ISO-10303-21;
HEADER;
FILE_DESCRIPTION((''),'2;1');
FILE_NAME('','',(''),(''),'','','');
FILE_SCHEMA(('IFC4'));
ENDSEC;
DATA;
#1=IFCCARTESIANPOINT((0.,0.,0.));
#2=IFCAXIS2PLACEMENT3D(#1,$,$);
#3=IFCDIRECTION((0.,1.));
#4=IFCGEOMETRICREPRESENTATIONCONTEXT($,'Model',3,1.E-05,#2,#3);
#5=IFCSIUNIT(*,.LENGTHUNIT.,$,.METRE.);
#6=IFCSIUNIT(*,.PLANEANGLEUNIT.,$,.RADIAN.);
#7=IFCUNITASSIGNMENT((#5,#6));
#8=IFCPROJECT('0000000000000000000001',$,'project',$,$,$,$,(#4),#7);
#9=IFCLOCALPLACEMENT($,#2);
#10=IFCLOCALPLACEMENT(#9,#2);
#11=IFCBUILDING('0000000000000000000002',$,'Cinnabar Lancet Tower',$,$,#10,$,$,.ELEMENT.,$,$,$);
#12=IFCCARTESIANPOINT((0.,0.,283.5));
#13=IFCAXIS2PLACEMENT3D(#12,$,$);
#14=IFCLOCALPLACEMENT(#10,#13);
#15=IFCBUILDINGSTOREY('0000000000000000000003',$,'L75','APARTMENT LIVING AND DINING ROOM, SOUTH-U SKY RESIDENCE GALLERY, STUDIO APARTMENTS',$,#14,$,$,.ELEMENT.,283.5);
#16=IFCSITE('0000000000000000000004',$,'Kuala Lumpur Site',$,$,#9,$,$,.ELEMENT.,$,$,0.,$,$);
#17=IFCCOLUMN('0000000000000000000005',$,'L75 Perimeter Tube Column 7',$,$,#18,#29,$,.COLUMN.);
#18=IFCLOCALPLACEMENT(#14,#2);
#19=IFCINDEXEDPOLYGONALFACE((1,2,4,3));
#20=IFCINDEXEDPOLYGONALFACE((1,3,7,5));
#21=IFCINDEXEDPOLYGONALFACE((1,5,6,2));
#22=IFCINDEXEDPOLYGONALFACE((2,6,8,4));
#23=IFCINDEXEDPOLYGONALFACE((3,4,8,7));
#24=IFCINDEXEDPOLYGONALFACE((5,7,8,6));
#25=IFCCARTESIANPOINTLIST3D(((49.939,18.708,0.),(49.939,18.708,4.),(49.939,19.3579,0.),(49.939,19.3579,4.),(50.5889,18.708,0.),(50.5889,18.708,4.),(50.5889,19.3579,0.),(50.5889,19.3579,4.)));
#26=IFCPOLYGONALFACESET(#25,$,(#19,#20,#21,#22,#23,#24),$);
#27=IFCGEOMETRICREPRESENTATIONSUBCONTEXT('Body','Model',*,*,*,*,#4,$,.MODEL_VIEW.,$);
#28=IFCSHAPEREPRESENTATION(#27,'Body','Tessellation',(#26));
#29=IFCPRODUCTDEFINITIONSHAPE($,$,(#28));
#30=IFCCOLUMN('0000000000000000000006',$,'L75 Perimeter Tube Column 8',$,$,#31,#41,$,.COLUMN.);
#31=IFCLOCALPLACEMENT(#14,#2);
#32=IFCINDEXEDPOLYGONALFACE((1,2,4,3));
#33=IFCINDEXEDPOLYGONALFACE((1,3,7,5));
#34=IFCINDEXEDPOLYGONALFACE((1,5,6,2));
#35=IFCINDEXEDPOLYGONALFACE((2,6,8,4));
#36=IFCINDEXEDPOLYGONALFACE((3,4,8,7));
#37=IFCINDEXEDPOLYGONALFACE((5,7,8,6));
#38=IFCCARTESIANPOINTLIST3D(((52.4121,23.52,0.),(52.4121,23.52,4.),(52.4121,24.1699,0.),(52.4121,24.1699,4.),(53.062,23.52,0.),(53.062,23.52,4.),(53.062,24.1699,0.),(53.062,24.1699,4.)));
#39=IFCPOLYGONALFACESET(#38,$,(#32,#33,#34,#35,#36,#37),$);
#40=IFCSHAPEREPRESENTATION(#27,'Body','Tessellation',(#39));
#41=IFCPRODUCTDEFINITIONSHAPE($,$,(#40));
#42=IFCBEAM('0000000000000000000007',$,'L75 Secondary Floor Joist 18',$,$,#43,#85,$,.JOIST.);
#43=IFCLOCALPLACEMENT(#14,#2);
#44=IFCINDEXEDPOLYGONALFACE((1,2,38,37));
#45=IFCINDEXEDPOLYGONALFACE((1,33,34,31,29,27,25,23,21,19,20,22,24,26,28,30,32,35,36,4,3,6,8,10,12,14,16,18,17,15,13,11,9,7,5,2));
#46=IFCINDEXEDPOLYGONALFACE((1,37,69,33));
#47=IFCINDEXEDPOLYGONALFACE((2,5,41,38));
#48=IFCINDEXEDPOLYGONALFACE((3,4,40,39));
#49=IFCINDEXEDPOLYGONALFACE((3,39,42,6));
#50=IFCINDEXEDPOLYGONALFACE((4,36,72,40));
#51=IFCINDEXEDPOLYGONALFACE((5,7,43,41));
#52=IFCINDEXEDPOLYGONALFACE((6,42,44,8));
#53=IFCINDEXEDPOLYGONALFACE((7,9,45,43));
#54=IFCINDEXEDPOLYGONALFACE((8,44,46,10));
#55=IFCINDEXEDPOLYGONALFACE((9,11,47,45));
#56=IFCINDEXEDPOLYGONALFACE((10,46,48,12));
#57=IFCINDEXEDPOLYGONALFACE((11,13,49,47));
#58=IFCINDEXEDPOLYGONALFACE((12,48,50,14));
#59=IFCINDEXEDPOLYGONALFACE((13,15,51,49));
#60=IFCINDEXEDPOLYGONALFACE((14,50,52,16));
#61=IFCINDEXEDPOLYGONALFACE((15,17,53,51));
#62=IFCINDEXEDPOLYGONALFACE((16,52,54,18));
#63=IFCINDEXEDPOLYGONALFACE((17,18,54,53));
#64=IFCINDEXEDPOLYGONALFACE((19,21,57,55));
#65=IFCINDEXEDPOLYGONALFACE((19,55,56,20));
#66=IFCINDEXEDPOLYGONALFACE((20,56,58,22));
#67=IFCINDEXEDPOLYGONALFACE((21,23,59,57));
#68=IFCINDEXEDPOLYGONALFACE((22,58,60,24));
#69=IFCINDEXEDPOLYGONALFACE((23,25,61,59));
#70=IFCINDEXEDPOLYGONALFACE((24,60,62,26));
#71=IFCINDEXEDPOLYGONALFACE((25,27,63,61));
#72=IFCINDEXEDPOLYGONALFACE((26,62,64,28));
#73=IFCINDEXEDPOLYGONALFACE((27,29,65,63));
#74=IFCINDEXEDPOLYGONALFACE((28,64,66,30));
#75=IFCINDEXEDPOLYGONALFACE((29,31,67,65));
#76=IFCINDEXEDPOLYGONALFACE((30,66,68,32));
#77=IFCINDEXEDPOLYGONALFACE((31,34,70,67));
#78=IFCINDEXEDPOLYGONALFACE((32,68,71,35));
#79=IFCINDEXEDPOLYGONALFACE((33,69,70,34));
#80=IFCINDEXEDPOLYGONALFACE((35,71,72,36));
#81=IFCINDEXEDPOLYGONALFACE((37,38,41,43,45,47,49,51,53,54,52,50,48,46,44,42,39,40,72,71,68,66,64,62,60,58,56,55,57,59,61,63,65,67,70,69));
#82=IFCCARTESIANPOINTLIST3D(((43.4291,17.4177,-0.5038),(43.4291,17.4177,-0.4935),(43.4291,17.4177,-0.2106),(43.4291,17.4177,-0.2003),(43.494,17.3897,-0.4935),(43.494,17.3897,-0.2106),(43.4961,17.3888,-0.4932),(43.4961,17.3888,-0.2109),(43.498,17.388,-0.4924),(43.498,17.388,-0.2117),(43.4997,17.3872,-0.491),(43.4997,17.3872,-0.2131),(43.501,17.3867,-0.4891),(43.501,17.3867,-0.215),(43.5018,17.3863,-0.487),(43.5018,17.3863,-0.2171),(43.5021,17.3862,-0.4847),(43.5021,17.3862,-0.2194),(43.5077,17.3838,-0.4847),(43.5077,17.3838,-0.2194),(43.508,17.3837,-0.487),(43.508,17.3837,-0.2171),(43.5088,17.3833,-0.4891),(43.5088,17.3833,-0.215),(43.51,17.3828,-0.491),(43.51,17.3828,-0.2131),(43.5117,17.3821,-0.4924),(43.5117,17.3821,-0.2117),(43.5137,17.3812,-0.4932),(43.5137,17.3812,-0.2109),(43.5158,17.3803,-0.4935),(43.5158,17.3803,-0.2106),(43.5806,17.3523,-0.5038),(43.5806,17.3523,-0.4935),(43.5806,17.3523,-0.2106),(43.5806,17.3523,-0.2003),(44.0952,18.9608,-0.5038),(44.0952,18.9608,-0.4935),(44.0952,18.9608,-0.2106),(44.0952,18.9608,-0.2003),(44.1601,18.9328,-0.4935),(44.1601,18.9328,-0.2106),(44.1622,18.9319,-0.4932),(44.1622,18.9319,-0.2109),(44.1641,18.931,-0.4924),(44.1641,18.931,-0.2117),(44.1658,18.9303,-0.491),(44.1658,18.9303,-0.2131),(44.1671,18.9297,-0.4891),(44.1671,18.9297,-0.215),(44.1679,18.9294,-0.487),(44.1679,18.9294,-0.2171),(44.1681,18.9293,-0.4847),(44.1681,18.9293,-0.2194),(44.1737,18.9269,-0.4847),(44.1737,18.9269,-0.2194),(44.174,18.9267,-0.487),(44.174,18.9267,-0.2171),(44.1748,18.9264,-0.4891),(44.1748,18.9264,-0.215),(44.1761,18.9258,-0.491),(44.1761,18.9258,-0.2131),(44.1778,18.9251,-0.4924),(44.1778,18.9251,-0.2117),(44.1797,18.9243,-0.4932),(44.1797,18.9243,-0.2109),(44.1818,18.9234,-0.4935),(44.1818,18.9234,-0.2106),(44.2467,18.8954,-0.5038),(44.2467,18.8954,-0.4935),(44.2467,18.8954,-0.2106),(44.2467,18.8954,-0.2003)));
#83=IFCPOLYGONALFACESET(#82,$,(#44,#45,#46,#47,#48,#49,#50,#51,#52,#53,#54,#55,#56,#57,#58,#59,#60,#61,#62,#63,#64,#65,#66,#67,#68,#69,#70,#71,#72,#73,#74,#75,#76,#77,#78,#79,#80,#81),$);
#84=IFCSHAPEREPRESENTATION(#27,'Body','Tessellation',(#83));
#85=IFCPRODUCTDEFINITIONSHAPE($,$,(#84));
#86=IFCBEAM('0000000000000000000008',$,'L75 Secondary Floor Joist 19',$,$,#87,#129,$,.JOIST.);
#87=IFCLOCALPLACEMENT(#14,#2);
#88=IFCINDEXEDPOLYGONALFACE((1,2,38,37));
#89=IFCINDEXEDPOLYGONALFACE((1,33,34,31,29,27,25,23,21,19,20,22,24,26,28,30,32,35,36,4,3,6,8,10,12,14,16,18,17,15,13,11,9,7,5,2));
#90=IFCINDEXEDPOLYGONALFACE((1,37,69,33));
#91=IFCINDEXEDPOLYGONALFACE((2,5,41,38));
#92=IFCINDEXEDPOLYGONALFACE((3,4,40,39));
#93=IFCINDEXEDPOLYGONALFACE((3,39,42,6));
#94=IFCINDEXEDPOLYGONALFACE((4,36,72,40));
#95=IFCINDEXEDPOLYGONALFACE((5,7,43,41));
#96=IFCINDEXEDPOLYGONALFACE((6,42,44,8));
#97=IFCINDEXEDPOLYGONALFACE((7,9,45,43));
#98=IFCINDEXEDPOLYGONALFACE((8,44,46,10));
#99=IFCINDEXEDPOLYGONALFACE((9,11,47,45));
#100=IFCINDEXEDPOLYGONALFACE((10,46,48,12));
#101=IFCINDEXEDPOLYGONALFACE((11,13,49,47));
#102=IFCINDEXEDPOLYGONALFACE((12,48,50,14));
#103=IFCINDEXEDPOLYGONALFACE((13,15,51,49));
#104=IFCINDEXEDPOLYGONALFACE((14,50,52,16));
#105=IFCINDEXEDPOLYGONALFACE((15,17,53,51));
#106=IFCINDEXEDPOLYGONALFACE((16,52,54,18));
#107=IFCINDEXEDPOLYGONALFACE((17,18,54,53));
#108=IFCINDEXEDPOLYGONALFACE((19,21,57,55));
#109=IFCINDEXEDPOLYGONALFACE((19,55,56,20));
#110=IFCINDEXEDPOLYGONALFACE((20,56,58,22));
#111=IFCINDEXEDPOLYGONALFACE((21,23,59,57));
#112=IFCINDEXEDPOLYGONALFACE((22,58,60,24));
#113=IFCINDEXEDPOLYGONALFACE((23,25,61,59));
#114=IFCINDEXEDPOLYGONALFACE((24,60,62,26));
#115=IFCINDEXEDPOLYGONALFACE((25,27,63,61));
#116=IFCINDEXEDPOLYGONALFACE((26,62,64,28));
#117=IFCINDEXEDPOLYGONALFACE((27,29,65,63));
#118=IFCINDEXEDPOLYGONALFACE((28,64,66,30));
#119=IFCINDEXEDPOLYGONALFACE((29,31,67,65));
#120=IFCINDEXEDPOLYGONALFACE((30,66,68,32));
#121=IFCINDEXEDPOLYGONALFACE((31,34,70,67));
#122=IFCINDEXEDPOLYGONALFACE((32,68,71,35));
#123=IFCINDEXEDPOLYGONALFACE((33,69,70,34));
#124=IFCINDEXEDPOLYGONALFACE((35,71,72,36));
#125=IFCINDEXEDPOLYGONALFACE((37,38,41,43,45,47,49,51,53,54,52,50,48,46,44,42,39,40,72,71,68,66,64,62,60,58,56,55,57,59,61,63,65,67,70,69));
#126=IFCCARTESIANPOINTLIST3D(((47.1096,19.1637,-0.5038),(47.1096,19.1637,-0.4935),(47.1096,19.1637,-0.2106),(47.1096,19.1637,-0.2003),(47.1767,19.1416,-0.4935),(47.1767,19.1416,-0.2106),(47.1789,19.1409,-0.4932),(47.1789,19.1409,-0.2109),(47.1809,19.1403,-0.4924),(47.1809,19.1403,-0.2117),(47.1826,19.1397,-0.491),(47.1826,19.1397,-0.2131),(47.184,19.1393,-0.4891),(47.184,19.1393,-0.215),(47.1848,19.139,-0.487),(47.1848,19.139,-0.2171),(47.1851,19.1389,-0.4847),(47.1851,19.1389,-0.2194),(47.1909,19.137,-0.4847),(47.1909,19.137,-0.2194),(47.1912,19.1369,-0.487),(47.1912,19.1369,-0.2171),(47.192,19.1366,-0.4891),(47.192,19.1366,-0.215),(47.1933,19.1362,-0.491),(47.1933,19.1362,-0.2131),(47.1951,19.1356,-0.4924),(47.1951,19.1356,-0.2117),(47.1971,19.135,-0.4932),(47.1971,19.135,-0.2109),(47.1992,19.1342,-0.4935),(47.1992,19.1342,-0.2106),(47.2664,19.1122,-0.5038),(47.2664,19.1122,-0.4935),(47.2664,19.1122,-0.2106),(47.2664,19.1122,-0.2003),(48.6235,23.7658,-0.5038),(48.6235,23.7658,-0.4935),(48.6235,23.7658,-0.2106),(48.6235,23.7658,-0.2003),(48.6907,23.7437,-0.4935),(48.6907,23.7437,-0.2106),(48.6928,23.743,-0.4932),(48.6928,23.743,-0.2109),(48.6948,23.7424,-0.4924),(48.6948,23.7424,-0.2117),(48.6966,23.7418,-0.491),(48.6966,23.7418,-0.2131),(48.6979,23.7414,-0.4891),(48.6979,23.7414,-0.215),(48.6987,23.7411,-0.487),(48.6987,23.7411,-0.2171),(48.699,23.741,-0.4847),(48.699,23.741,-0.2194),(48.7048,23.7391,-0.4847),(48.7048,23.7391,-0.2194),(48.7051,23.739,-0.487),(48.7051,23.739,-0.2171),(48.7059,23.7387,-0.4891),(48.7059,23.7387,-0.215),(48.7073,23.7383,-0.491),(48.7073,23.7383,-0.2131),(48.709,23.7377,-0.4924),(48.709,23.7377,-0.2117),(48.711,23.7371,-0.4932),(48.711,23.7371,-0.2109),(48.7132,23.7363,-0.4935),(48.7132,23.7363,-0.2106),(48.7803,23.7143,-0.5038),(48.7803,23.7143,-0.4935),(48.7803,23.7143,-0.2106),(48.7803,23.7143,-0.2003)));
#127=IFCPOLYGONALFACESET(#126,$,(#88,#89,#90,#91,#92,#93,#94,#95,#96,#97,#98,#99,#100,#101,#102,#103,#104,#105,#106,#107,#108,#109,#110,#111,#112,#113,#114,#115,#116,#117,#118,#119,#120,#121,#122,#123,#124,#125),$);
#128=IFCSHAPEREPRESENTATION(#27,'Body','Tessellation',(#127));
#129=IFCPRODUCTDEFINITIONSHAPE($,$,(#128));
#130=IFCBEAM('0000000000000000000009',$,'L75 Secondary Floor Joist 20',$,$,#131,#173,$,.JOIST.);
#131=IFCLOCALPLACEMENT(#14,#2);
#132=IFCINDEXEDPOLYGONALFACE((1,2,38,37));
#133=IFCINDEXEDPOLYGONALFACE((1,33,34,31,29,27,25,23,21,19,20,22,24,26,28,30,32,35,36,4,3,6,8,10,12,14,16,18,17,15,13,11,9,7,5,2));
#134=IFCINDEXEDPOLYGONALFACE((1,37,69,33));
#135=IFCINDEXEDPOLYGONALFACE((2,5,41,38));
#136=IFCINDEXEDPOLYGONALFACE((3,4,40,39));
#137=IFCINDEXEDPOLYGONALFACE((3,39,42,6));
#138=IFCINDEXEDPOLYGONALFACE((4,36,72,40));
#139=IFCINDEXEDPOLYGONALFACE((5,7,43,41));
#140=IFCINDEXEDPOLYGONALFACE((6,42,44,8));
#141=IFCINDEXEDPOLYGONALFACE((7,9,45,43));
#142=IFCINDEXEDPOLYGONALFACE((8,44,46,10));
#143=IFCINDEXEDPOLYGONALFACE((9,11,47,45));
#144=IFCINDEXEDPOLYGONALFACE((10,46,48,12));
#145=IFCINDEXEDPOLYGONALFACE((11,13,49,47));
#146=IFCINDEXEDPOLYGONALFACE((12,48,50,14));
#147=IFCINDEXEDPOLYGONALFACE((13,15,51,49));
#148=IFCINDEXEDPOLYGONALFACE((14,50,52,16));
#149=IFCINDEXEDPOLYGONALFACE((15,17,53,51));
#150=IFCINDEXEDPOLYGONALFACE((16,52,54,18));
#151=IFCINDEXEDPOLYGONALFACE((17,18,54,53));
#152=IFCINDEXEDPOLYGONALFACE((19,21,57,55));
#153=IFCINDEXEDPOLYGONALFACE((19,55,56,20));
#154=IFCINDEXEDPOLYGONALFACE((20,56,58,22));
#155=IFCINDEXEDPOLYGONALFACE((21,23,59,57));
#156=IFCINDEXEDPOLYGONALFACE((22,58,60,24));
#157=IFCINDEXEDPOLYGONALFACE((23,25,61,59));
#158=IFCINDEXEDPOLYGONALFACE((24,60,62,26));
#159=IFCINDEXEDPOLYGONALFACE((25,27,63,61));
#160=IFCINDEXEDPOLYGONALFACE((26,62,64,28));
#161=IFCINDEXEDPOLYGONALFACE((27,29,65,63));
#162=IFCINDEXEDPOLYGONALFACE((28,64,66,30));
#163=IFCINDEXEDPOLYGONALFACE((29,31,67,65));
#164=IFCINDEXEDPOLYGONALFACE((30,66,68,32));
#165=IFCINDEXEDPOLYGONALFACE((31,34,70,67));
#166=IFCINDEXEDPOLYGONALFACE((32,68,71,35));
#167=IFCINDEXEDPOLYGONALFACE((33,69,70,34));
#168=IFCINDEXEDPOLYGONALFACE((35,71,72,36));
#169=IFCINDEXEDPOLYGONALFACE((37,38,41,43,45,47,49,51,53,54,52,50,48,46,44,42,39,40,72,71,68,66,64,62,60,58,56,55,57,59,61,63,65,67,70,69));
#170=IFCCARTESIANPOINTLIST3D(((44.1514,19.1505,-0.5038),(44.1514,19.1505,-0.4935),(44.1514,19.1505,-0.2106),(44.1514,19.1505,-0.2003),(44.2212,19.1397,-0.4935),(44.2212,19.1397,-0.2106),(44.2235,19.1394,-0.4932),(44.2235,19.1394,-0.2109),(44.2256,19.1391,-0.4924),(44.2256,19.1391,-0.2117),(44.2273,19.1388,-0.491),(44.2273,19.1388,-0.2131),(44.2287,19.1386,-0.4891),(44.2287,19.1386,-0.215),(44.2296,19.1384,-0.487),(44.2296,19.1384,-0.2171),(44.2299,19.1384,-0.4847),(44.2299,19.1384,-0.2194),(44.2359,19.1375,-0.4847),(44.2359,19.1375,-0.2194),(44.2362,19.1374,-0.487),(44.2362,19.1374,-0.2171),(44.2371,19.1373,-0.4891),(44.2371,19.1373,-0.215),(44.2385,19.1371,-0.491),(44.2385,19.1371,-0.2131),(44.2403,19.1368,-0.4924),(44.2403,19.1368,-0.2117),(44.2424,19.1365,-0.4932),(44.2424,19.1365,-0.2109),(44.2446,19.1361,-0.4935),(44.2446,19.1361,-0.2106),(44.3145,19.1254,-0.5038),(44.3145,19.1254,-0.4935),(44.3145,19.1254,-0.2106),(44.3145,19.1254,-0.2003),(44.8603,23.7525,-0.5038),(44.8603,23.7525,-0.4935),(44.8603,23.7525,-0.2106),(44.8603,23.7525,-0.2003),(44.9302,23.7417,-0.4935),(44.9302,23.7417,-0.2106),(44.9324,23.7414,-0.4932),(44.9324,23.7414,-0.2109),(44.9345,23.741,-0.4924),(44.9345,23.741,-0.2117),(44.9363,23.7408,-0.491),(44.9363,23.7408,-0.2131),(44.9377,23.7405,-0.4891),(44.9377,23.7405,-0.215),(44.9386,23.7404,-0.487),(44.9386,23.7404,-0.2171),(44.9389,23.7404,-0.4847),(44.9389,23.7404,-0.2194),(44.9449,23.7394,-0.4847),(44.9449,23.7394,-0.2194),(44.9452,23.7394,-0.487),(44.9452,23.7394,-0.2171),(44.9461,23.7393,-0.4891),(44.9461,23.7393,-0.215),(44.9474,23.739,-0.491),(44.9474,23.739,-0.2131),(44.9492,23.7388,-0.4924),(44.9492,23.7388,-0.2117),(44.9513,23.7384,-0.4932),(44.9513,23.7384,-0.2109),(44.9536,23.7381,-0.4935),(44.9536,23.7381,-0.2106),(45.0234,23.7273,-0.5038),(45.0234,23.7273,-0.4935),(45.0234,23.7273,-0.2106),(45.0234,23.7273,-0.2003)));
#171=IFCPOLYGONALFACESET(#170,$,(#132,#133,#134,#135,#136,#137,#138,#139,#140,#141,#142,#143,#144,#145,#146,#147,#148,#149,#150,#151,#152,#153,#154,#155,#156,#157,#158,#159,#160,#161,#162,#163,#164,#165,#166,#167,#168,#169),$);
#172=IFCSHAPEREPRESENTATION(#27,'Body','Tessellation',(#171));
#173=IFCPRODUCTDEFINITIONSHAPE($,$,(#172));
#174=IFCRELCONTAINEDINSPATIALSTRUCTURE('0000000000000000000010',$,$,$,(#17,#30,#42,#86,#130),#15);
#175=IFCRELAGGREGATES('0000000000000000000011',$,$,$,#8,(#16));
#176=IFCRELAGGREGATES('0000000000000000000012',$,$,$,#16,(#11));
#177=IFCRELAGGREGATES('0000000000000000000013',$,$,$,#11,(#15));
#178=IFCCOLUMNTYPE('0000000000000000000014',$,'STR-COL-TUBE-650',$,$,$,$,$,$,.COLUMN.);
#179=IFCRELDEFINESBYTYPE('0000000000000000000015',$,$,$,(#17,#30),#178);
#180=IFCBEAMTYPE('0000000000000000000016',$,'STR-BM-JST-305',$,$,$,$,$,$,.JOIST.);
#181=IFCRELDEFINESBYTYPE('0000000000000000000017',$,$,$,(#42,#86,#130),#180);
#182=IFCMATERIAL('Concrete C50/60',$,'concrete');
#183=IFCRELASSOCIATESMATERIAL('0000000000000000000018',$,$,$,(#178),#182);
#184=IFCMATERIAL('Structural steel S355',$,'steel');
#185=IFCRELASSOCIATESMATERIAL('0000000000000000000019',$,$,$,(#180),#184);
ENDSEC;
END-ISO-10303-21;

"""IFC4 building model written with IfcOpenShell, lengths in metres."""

from ifc_helpers import new_model, si_unit, direction, frame, origin, origin_2d, place, context, subcontext, project, spatial, rectangle, i_section, extrude, material, material_profile, profile_set, type_object, element, save


model = new_model("IFC4")

# Units and contexts
model_context = context("Model", 3, precision=1e-05, world=origin(), true_north=direction((0.0, 1.0)))
body_context = subcontext(model_context, "Body", "Model", "MODEL_VIEW")
ifc_project = project(units=[si_unit("LENGTHUNIT", "METRE"), si_unit("PLANEANGLEUNIT", "RADIAN")], contexts=[model_context])

# Site, building, storey
site_placement = place(None, origin())
site = spatial("IfcSite", under=ifc_project, at=site_placement, Name="Kuala Lumpur Site", CompositionType="ELEMENT", RefElevation=0.0)
building_placement = place(site_placement, origin())
building = spatial("IfcBuilding", under=site, at=building_placement, Name="Cinnabar Lancet Tower", CompositionType="ELEMENT")
storey_placement = place(building_placement, frame((0.0, 0.0, 283.5)))
storey = spatial("IfcBuildingStorey", under=building, at=storey_placement, Name="L75", Description="APARTMENT LIVING AND DINING ROOM, SOUTH-U SKY RESIDENCE GALLERY, STUDIO APARTMENTS", CompositionType="ELEMENT", Elevation=283.5)

# Columns
ifc_material_1 = material(Name="Concrete C50/60", Category="concrete")
ifc_material_profile_1 = material_profile(ifc_material_1, rectangle(XDim=0.6499, YDim=0.6499, at=origin_2d()), Name="RC-COL 650x650")
ifc_profile_set_1 = profile_set([ifc_material_profile_1], Name="Concrete C50/60")
column_type = type_object("IfcColumnType", Name="STR-COL-TUBE-650", PredefinedType="COLUMN", material=ifc_profile_set_1)
for number, where, z_axis, x_axis, name in (
    (1, (50.2639, 19.033, 0.0), (0.0, 0.0, 1.0), (1.0, 0.0, 0.0), "L75 Perimeter Tube Column 7"),
    (2, (52.7371, 23.845, 0.0), (0.0, 0.0, 1.0), (1.0, 0.0, 0.0), "L75 Perimeter Tube Column 8"),
):
    element("IfcColumn", number, at=place(storey_placement, frame(where, z_axis=z_axis, x_axis=x_axis)), inside=storey, type_object=column_type, Name=name, PredefinedType="COLUMN", context=body_context, shape_type="SweptSolid", body=[
        extrude(rectangle(XDim=0.6499, YDim=0.6499, at=origin_2d()), origin(), (0.0, 0.0, 1.0), 4.0),
    ])

# Beams
ifc_material_2 = material(Name="Structural steel S355", Category="steel")
ifc_material_profile_2 = material_profile(ifc_material_2, i_section(OverallWidth=0.165, OverallDepth=0.3035, WebThickness=0.0061, FlangeThickness=0.0103, FilletRadius=0.0088, at=origin_2d()), Name="UKB 305x165x40")
ifc_profile_set_2 = profile_set([ifc_material_profile_2], Name="Structural steel S355")
beam_type_1 = type_object("IfcBeamType", Name="STR-BM-JST-305", PredefinedType="JOIST", material=ifc_profile_set_2)
beam_1_placement = place(storey_placement, frame((43.5049, 17.385, -0.3521), z_axis=(0.396302, 0.91812, 0.0), x_axis=(-0.91812, 0.396302, 0.0)))
element("IfcBeam", 3, at=beam_1_placement, inside=storey, type_object=beam_type_1, Name="L75 Secondary Floor Joist 18", PredefinedType="JOIST", context=body_context, shape_type="SweptSolid", body=[
    extrude(i_section(OverallWidth=0.165, OverallDepth=0.3035, WebThickness=0.0061, FlangeThickness=0.0103, FilletRadius=0.0088, at=origin_2d()), origin(), (0.0, 0.0, 1.0), 1.6807),
])
beam_2_placement = place(storey_placement, frame((47.188, 19.1379, -0.3521), z_axis=(0.312491, 0.949921, 0.0), x_axis=(-0.949921, 0.312491, 0.0)))
element("IfcBeam", 4, at=beam_2_placement, inside=storey, type_object=beam_type_1, Name="L75 Secondary Floor Joist 19", PredefinedType="JOIST", context=body_context, shape_type="SweptSolid", body=[
    extrude(i_section(OverallWidth=0.165, OverallDepth=0.3035, WebThickness=0.0061, FlangeThickness=0.0103, FilletRadius=0.0088, at=origin_2d()), origin(), (0.0, 0.0, 1.0), 4.8447),
])
beam_3_placement = place(storey_placement, frame((44.2329, 19.1379, -0.3521), z_axis=(0.152262, 0.98834, 0.0), x_axis=(-0.98834, 0.152262, 0.0)))
element("IfcBeam", 5, at=beam_3_placement, inside=storey, type_object=beam_type_1, Name="L75 Secondary Floor Joist 20", PredefinedType="JOIST", context=body_context, shape_type="SweptSolid", body=[
    extrude(i_section(OverallWidth=0.165, OverallDepth=0.3035, WebThickness=0.0061, FlangeThickness=0.0103, FilletRadius=0.0088, at=origin_2d()), origin(), (0.0, 0.0, 1.0), 4.6562),
])

save(model, "model.ifc")
